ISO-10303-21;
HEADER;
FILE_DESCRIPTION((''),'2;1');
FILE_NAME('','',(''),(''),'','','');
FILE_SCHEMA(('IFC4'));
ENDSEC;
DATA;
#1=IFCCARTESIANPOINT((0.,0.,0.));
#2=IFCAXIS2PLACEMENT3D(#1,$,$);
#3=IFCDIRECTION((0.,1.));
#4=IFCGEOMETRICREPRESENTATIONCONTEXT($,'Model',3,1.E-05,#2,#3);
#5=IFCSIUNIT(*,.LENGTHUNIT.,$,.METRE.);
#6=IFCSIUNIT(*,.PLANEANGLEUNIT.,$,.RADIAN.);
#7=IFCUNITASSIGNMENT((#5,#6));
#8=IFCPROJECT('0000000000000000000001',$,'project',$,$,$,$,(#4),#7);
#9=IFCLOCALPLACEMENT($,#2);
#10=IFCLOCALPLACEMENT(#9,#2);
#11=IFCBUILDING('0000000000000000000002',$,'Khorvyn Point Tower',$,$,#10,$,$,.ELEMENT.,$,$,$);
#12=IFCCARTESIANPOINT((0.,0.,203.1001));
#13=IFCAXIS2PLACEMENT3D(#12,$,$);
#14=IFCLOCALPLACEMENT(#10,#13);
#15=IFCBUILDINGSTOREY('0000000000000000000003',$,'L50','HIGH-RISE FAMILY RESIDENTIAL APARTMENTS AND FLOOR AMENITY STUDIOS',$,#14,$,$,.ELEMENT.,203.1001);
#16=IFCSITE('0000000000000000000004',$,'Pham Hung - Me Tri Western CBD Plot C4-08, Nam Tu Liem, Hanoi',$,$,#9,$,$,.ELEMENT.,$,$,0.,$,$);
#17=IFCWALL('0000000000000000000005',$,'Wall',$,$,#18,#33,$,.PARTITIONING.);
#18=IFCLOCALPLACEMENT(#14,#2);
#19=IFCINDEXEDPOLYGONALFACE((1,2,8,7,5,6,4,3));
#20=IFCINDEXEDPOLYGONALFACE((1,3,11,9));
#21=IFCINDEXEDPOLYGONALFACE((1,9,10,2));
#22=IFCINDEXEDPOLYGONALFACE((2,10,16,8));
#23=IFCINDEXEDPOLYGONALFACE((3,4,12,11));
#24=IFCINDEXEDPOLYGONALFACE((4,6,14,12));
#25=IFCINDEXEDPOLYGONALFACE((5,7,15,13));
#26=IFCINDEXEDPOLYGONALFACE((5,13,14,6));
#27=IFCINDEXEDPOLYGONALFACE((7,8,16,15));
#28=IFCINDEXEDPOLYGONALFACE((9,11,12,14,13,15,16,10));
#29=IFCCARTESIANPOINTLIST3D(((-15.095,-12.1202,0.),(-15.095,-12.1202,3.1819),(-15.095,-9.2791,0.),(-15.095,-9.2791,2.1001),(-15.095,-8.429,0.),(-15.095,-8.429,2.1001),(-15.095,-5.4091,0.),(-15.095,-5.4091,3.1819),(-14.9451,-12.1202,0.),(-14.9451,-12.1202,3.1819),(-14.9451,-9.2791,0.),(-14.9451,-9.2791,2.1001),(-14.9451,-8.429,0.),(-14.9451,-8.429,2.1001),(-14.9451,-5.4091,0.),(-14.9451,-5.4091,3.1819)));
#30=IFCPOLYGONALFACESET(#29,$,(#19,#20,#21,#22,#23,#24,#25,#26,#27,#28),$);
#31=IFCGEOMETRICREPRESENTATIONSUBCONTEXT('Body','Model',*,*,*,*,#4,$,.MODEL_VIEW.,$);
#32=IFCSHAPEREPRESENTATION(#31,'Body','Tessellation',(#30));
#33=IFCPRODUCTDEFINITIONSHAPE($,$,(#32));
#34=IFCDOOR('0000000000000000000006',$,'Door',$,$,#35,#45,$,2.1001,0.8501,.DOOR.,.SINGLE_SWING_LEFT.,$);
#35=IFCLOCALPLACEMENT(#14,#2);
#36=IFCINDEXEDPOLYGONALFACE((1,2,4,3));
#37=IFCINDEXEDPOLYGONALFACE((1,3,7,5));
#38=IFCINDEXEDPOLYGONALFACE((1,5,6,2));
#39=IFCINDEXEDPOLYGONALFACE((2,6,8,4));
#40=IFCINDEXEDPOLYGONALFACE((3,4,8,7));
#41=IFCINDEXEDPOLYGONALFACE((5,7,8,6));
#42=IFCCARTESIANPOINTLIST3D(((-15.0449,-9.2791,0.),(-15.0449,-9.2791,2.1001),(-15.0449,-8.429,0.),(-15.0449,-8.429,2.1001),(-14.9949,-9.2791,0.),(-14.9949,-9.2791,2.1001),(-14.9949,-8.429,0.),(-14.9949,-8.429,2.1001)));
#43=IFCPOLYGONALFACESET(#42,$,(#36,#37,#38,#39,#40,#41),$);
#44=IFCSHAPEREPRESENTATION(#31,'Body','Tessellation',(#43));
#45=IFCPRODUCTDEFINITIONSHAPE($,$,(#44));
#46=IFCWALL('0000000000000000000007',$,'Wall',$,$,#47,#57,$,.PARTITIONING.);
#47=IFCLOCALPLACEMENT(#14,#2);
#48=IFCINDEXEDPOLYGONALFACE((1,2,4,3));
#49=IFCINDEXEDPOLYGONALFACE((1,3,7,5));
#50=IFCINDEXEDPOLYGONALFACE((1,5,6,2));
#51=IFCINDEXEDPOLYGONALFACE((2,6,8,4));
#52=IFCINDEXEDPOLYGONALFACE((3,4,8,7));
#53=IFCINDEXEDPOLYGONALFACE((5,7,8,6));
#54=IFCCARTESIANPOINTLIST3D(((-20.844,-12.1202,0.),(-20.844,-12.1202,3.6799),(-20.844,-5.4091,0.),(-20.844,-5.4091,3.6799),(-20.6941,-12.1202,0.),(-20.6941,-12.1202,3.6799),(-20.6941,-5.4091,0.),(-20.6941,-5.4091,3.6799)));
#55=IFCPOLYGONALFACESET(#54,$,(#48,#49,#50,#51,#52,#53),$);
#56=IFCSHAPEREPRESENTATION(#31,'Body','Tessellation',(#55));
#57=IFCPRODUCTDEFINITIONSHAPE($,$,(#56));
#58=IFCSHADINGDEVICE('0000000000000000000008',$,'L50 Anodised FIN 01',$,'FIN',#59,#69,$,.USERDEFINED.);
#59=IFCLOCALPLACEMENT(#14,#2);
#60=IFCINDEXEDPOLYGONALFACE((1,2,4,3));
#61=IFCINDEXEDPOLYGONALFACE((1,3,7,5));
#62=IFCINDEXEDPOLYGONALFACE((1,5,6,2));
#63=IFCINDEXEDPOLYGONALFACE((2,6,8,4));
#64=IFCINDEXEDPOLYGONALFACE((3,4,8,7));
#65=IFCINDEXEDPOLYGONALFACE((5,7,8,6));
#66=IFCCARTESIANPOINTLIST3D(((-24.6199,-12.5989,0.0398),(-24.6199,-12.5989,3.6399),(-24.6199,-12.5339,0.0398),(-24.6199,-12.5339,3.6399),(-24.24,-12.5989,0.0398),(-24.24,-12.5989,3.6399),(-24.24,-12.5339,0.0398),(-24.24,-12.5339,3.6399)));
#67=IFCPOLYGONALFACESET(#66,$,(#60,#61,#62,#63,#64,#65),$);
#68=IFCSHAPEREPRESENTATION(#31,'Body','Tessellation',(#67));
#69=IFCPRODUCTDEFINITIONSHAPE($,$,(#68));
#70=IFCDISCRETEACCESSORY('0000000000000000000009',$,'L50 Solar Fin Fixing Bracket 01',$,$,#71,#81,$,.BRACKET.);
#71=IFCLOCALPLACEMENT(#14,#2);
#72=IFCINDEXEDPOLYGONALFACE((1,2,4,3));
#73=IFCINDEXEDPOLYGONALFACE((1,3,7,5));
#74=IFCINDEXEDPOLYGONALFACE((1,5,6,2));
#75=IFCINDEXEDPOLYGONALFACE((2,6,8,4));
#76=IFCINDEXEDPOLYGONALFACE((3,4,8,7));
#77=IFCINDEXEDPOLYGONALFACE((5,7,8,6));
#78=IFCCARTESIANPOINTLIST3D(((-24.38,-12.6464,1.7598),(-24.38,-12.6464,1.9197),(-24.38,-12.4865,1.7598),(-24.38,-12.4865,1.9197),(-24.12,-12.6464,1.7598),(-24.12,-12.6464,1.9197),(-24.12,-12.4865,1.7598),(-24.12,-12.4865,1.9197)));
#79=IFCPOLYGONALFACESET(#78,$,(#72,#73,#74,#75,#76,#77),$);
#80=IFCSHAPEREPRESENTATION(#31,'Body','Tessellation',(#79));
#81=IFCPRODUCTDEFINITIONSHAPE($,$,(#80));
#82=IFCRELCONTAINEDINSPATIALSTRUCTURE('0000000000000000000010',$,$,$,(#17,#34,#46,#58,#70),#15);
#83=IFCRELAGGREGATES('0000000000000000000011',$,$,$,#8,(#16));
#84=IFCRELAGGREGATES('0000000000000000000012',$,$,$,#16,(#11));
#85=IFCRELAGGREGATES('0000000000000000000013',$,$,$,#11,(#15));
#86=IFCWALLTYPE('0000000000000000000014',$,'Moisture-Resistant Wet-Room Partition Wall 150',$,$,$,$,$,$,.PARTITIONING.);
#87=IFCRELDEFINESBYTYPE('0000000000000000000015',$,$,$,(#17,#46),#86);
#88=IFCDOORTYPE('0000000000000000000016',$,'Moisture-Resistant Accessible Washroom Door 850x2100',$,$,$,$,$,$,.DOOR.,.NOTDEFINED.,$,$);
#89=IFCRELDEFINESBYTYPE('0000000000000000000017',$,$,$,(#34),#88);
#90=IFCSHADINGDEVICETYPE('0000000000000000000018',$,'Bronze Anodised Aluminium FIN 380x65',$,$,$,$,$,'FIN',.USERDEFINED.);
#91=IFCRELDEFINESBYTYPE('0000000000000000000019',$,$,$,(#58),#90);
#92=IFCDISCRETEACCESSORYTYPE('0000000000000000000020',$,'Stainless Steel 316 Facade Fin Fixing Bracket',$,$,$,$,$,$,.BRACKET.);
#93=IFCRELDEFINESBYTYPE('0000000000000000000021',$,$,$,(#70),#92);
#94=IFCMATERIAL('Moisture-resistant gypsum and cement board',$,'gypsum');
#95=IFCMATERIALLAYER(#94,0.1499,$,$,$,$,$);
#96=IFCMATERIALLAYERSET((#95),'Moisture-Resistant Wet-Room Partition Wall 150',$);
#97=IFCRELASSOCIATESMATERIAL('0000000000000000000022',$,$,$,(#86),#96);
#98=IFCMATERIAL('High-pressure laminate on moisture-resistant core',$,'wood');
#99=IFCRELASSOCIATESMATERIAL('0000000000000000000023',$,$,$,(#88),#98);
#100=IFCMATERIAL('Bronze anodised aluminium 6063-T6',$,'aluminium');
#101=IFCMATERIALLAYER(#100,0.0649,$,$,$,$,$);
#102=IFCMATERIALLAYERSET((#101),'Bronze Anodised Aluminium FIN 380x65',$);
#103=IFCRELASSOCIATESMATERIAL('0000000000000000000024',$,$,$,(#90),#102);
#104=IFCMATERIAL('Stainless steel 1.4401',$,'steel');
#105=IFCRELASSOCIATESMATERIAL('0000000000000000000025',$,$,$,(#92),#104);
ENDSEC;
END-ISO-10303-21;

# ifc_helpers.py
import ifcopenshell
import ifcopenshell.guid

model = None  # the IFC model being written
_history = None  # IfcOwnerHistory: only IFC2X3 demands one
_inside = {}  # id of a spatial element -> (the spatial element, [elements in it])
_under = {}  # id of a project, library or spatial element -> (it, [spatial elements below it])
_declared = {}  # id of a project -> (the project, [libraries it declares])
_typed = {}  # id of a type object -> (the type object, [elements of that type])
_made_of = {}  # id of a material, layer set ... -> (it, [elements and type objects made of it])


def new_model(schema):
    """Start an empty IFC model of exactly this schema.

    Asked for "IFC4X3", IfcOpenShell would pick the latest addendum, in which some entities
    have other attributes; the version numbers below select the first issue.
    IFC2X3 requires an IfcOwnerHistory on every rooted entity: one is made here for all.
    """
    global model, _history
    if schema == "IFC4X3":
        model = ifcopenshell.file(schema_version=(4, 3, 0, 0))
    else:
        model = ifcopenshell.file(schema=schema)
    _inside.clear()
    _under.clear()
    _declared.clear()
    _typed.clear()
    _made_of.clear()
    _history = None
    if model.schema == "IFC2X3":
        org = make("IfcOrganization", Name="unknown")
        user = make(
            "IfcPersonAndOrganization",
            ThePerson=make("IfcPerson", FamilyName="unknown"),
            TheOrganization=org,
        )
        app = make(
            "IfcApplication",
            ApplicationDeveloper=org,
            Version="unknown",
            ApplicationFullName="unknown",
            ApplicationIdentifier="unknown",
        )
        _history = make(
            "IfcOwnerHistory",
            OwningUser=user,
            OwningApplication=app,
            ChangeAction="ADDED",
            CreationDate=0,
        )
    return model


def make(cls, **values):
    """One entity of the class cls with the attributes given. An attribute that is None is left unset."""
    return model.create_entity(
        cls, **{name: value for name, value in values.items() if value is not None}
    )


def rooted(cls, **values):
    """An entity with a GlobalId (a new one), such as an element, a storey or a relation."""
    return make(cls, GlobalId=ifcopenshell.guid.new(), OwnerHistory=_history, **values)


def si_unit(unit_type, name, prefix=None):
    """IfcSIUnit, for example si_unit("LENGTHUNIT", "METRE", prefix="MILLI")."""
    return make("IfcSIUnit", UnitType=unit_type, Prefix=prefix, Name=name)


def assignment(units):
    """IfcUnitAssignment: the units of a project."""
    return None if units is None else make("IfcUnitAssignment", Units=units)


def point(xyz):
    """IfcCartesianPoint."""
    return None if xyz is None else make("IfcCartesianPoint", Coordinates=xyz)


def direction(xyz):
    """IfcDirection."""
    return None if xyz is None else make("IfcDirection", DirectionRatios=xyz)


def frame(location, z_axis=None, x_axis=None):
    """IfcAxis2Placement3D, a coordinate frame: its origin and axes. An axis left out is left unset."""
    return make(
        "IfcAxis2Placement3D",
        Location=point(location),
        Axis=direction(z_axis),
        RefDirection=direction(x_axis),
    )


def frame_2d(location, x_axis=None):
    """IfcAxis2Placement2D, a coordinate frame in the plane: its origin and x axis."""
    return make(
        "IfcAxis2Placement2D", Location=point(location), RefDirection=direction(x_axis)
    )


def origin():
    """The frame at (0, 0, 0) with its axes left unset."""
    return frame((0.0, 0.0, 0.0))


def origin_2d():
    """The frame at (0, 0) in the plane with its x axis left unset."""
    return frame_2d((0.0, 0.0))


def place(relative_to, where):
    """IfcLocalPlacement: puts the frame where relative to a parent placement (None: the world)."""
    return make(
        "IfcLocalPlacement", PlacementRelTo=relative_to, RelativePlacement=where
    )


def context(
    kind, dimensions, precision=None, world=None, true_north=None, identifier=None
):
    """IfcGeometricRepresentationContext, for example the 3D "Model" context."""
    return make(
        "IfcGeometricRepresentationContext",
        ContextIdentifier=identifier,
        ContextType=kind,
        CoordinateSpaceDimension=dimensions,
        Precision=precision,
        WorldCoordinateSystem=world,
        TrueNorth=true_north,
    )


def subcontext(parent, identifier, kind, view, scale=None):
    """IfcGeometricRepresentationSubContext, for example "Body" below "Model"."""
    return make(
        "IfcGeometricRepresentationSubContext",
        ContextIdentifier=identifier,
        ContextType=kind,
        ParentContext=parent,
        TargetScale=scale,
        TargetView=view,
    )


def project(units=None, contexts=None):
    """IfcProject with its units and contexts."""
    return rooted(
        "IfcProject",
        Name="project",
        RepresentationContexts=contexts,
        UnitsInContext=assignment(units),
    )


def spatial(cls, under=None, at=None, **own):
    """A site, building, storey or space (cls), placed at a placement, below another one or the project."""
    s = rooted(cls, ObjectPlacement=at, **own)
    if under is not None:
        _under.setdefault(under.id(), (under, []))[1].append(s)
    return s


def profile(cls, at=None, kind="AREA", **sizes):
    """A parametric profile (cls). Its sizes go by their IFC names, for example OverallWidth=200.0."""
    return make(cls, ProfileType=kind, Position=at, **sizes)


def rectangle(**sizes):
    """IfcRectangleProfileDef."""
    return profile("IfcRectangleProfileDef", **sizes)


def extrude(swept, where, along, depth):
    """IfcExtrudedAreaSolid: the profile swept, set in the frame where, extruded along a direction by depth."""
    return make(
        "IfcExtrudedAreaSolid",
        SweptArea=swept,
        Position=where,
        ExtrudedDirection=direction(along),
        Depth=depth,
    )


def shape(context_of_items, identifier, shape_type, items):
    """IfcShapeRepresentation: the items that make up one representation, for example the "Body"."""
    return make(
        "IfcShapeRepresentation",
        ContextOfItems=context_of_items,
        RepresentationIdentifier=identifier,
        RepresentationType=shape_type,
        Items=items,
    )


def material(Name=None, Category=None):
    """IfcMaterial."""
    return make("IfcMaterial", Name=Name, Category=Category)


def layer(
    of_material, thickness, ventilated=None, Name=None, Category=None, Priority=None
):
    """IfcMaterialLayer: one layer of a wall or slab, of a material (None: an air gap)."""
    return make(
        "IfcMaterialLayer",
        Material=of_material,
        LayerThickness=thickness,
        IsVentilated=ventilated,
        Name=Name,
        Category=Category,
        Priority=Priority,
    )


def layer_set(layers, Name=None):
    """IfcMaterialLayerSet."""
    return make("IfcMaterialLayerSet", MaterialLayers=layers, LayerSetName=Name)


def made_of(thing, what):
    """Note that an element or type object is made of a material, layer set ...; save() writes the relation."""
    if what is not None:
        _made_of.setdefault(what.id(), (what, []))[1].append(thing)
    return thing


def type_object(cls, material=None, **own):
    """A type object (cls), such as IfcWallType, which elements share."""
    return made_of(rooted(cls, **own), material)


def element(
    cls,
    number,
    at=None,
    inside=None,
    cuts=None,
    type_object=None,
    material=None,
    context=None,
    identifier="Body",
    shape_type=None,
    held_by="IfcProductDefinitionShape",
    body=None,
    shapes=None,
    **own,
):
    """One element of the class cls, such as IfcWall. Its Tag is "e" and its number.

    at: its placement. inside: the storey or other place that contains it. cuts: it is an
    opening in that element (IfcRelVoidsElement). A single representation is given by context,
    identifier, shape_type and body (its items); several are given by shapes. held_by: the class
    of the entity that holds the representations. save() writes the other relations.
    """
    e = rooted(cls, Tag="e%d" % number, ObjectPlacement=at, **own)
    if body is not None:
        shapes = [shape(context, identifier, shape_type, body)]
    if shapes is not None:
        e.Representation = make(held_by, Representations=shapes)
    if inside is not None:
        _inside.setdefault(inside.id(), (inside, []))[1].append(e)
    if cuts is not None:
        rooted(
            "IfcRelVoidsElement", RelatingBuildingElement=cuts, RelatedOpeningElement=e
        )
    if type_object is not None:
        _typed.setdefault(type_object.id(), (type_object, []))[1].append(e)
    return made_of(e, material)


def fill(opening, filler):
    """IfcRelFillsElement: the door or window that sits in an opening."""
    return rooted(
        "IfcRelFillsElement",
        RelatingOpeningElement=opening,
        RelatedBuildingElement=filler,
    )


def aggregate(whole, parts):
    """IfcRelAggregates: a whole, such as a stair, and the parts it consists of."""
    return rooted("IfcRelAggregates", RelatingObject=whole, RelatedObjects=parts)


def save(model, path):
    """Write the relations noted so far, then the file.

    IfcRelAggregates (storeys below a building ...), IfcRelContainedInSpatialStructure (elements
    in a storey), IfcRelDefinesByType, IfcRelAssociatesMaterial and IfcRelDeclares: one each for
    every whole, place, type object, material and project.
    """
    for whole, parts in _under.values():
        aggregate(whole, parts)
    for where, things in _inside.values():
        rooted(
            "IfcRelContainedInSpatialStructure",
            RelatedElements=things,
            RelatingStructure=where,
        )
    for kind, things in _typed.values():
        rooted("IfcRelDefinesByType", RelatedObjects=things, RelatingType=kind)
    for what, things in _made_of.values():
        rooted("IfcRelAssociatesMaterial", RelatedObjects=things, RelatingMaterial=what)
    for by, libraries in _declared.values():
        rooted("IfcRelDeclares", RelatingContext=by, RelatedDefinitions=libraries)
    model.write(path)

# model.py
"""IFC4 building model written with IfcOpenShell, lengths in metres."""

from ifc_helpers import new_model, si_unit, direction, frame, frame_2d, origin, origin_2d, place, context, subcontext, project, spatial, rectangle, extrude, material, layer, layer_set, type_object, element, fill, save


model = new_model("IFC4")

# Units and contexts
model_context = context("Model", 3, precision=1e-05, world=origin(), true_north=direction((0.0, 1.0)))
body_context = subcontext(model_context, "Body", "Model", "MODEL_VIEW")
ifc_project = project(units=[si_unit("LENGTHUNIT", "METRE"), si_unit("PLANEANGLEUNIT", "RADIAN")], contexts=[model_context])

# Site, building, storey
site_placement = place(None, origin())
site = spatial("IfcSite", under=ifc_project, at=site_placement, Name="Pham Hung - Me Tri Western CBD Plot C4-08, Nam Tu Liem, Hanoi", CompositionType="ELEMENT", RefElevation=0.0)
building_placement = place(site_placement, origin())
building = spatial("IfcBuilding", under=site, at=building_placement, Name="Khorvyn Point Tower", CompositionType="ELEMENT")
storey_placement = place(building_placement, frame((0.0, 0.0, 203.1001)))
storey = spatial("IfcBuildingStorey", under=building, at=storey_placement, Name="L50", Description="HIGH-RISE FAMILY RESIDENTIAL APARTMENTS AND FLOOR AMENITY STUDIOS", CompositionType="ELEMENT", Elevation=203.1001)

# Wall, opening, door
ifc_material_1 = material(Name="Moisture-resistant gypsum and cement board", Category="gypsum")
ifc_layer_1 = layer(ifc_material_1, 0.1499)
ifc_layer_set_1 = layer_set([ifc_layer_1], Name="Moisture-Resistant Wet-Room Partition Wall 150")
wall_type_1 = type_object("IfcWallType", Name="Moisture-Resistant Wet-Room Partition Wall 150", PredefinedType="PARTITIONING", material=ifc_layer_set_1)
wall_1_placement = place(storey_placement, frame((-15.02, -12.1201, 0.0), z_axis=(0.0, 0.0, 1.0), x_axis=(0.0, 1.0, 0.0)))
wall_1 = element("IfcWall", 1, at=wall_1_placement, inside=storey, type_object=wall_type_1, Name="Wall", PredefinedType="PARTITIONING", context=body_context, shape_type="SweptSolid", body=[
    extrude(rectangle(XDim=6.7112, YDim=0.1499, at=frame_2d((3.3555, 0.0))), origin(), (0.0, 0.0, 1.0), 3.1819),
])
opening_1_placement = place(wall_1_placement, frame((2.8411, 0.0, 0.0)))
opening_1 = element("IfcOpeningElement", 2, at=opening_1_placement, cuts=wall_1, PredefinedType="OPENING", context=body_context, shape_type="SweptSolid", body=[
    extrude(rectangle(XDim=0.8501, YDim=2.1001, at=frame_2d((0.425, 1.05))), frame((0.0, 0.085, 0.0), z_axis=(0.0, -1.0, 0.0), x_axis=(1.0, 0.0, 0.0)), (0.0, 0.0, 1.0), 0.1699),
])
ifc_material_2 = material(Name="High-pressure laminate on moisture-resistant core", Category="wood")
door_type_1 = type_object("IfcDoorType", Name="Moisture-Resistant Accessible Washroom Door 850x2100", OperationType="NOTDEFINED", PredefinedType="DOOR", material=ifc_material_2)
door_1_placement = place(opening_1_placement, origin())
door_1 = element("IfcDoor", 3, at=door_1_placement, inside=storey, type_object=door_type_1, Name="Door", OperationType="SINGLE_SWING_LEFT", OverallHeight=2.1001, OverallWidth=0.8501, PredefinedType="DOOR", context=body_context, shape_type="SweptSolid", body=[
    extrude(rectangle(XDim=0.8501, YDim=2.1001, at=frame_2d((0.425, 1.05))), frame((0.0, 0.0249, 0.0), z_axis=(0.0, -1.0, 0.0), x_axis=(1.0, 0.0, 0.0)), (0.0, 0.0, 1.0), 0.05),
])
fill(opening_1, door_1)

# Wall
wall_2_placement = place(storey_placement, frame((-20.769, -12.1201, 0.0), z_axis=(0.0, 0.0, 1.0), x_axis=(0.0, 1.0, 0.0)))
element("IfcWall", 4, at=wall_2_placement, inside=storey, type_object=wall_type_1, Name="Wall", PredefinedType="PARTITIONING", context=body_context, shape_type="SweptSolid", body=[
    extrude(rectangle(XDim=6.7112, YDim=0.1499, at=frame_2d((3.3555, 0.0))), origin(), (0.0, 0.0, 1.0), 3.6799),
])

# Shading device
ifc_material_3 = material(Name="Bronze anodised aluminium 6063-T6", Category="aluminium")
ifc_layer_2 = layer(ifc_material_3, 0.0649)
ifc_layer_set_2 = layer_set([ifc_layer_2], Name="Bronze Anodised Aluminium FIN 380x65")
shading_device_type = type_object("IfcShadingDeviceType", Name="Bronze Anodised Aluminium FIN 380x65", ElementType="FIN", PredefinedType="USERDEFINED", material=ifc_layer_set_2)
shading_device_placement = place(storey_placement, frame((-24.4299, -12.5664, 0.0398), z_axis=(0.0, 0.0, 1.0), x_axis=(-1.0, 0.0, 0.0)))
element("IfcShadingDevice", 5, at=shading_device_placement, inside=storey, type_object=shading_device_type, Name="L50 Anodised FIN 01", ObjectType="FIN", PredefinedType="USERDEFINED", context=body_context, shape_type="SweptSolid", body=[
    extrude(rectangle(XDim=0.3799, YDim=0.0649, at=origin_2d()), origin(), (0.0, 0.0, 1.0), 3.6001),
])

# Discrete accessory
ifc_material_4 = material(Name="Stainless steel 1.4401", Category="steel")
discrete_accessory_type = type_object("IfcDiscreteAccessoryType", Name="Stainless Steel 316 Facade Fin Fixing Bracket", PredefinedType="BRACKET", material=ifc_material_4)
discrete_accessory_placement = place(storey_placement, frame((-24.25, -12.5664, 1.7598), z_axis=(0.0, 0.0, 1.0), x_axis=(0.0, 1.0, 0.0)))
element("IfcDiscreteAccessory", 6, at=discrete_accessory_placement, inside=storey, type_object=discrete_accessory_type, Name="L50 Solar Fin Fixing Bracket 01", PredefinedType="BRACKET", context=body_context, shape_type="SweptSolid", body=[
    extrude(rectangle(XDim=0.1599, YDim=0.26, at=origin_2d()), origin(), (0.0, 0.0, 1.0), 0.1599),
])

save(model, "model.ifc")
